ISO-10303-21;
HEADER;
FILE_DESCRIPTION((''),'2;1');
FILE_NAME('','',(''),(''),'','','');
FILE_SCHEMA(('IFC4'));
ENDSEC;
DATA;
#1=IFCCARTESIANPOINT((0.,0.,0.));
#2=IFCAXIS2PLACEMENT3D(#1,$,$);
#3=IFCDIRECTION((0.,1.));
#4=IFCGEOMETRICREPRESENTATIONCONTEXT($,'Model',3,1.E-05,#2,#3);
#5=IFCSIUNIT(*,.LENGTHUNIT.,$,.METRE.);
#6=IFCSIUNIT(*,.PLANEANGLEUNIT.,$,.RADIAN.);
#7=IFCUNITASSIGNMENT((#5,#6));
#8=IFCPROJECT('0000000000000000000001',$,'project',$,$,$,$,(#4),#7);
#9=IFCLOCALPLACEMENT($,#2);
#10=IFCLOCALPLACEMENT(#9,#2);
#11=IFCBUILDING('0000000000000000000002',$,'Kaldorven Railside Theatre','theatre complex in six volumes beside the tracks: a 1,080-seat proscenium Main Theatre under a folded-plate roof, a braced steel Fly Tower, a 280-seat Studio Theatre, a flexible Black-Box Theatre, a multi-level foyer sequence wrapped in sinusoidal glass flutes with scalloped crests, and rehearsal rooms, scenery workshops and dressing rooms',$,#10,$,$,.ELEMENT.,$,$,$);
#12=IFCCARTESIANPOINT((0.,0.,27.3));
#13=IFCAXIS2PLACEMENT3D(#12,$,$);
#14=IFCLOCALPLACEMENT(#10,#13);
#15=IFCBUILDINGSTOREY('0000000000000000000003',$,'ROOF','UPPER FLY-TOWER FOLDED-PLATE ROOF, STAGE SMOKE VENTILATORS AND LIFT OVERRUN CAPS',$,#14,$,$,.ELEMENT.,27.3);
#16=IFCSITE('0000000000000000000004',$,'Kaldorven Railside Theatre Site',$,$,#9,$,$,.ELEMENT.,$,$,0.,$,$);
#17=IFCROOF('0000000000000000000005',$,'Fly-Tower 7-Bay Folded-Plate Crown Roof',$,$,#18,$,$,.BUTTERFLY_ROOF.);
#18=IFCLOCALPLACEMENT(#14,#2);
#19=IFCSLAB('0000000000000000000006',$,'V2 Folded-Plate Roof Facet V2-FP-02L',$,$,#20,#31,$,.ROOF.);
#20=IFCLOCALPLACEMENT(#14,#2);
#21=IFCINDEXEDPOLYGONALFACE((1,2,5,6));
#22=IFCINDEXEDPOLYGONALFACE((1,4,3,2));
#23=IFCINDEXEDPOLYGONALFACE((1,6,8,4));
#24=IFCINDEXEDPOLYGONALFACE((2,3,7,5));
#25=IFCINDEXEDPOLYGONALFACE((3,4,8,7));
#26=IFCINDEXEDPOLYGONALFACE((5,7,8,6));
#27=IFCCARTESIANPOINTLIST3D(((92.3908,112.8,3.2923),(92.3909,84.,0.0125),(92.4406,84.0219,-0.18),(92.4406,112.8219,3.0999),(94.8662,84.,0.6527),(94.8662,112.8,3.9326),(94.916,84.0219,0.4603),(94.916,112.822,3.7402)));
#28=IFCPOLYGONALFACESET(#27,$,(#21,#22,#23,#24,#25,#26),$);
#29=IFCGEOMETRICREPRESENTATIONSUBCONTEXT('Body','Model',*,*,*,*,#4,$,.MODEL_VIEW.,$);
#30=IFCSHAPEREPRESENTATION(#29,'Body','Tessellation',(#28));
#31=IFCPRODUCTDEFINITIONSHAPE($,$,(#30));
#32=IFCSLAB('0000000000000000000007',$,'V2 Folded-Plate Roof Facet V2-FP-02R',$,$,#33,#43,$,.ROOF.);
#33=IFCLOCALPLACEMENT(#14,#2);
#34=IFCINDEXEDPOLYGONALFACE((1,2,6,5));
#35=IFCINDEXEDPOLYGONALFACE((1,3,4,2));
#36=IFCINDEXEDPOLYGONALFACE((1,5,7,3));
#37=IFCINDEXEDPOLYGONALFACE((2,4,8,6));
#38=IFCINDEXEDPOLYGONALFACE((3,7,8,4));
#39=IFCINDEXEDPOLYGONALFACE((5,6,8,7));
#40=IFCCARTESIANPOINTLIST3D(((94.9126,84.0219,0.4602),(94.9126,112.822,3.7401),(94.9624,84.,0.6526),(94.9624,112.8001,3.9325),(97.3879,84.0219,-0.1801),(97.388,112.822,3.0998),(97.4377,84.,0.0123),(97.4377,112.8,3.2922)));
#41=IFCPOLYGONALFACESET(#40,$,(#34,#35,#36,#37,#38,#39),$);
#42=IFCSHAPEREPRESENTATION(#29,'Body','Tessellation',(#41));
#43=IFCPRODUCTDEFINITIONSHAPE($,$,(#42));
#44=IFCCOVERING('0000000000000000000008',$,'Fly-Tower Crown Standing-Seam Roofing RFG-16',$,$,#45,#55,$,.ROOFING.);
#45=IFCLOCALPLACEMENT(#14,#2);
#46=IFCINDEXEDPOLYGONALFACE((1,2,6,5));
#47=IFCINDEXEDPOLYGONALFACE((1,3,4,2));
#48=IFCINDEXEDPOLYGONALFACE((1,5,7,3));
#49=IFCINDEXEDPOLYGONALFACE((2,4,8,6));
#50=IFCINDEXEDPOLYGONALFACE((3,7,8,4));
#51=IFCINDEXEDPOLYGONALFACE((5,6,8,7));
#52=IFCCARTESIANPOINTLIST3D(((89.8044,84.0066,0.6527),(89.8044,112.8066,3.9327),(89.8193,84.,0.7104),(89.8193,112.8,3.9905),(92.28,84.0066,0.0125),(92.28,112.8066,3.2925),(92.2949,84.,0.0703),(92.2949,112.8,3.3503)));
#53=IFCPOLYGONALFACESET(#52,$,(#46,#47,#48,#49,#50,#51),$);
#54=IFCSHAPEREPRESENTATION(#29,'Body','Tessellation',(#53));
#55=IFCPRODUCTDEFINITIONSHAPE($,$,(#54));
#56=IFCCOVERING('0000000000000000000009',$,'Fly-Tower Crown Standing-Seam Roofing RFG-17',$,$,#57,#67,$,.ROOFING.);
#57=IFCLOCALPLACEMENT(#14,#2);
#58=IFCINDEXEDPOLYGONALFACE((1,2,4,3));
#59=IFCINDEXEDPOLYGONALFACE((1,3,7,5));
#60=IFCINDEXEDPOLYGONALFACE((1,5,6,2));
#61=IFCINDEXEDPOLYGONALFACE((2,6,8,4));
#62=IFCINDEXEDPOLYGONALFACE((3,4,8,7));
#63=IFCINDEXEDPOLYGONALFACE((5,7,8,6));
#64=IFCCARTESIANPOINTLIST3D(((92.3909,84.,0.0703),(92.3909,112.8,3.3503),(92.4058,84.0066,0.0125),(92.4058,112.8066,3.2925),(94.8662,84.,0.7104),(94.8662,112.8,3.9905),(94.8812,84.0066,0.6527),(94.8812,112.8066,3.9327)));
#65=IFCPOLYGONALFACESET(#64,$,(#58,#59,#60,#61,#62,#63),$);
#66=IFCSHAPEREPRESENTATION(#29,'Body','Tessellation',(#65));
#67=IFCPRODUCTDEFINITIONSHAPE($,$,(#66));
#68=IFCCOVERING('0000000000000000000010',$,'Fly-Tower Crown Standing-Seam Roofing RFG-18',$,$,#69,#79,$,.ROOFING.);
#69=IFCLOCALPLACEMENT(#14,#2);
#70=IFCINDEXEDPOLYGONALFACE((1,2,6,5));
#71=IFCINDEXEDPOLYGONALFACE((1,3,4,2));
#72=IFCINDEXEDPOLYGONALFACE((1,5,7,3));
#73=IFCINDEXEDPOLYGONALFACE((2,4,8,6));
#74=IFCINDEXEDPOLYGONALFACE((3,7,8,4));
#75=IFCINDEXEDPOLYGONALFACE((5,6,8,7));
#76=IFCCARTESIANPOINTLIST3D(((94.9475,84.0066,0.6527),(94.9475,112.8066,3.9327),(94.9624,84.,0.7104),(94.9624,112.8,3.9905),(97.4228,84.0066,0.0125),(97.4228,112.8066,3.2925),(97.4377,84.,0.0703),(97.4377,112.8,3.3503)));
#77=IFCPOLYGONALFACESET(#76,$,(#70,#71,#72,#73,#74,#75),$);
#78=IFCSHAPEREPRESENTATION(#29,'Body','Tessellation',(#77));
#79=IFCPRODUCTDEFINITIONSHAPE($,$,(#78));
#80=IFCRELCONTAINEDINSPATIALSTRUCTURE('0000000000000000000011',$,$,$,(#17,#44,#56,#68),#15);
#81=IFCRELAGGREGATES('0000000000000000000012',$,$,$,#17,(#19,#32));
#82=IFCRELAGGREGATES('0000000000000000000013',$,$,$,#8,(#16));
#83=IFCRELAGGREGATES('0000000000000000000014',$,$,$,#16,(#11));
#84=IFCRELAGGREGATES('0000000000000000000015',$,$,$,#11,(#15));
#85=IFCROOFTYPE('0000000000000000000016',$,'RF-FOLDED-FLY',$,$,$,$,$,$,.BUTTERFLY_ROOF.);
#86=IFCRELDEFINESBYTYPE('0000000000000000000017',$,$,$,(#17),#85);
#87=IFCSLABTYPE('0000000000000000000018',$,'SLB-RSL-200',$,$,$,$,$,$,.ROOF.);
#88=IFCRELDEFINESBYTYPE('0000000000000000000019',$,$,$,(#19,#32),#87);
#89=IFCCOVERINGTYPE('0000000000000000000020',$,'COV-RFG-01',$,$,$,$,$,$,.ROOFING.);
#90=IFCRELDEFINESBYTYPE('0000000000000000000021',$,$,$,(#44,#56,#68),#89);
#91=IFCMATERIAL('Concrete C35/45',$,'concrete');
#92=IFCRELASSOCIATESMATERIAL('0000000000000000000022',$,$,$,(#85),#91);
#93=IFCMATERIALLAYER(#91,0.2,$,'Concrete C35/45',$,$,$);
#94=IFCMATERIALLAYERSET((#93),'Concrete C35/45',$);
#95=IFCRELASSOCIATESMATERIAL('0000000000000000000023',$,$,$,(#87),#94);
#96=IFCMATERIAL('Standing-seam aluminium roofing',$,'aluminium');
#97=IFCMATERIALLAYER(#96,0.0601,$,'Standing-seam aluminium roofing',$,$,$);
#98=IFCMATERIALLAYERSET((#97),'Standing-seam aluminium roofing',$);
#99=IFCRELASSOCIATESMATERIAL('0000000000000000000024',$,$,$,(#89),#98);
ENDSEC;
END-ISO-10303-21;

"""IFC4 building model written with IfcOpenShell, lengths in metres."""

from ifc_helpers import new_model, si_unit, direction, frame, origin, place, context, subcontext, project, spatial, polyline, outline, extrude, material, layer, layer_set, type_object, element, aggregate, save


model = new_model("IFC4")

# Units and contexts
model_context = context("Model", 3, precision=1e-05, world=origin(), true_north=direction((0.0, 1.0)))
body_context = subcontext(model_context, "Body", "Model", "MODEL_VIEW")
ifc_project = project(units=[si_unit("LENGTHUNIT", "METRE"), si_unit("PLANEANGLEUNIT", "RADIAN")], contexts=[model_context])

# Site, building, storey
site_placement = place(None, origin())
site = spatial("IfcSite", under=ifc_project, at=site_placement, Name="Kaldorven Railside Theatre Site", CompositionType="ELEMENT", RefElevation=0.0)
building_placement = place(site_placement, origin())
building = spatial("IfcBuilding", under=site, at=building_placement, Name="Kaldorven Railside Theatre", Description="theatre complex in six volumes beside the tracks: a 1,080-seat proscenium Main Theatre under a folded-plate roof, a braced steel Fly Tower, a 280-seat Studio Theatre, a flexible Black-Box Theatre, a multi-level foyer sequence wrapped in sinusoidal glass flutes with scalloped crests, and rehearsal rooms, scenery workshops and dressing rooms", CompositionType="ELEMENT")
storey_placement = place(building_placement, frame((0.0, 0.0, 27.3)))
storey = spatial("IfcBuildingStorey", under=building, at=storey_placement, Name="ROOF", Description="UPPER FLY-TOWER FOLDED-PLATE ROOF, STAGE SMOKE VENTILATORS AND LIFT OVERRUN CAPS", CompositionType="ELEMENT", Elevation=27.3)

# Roof, slabs
ifc_material_1 = material(Name="Concrete C35/45", Category="concrete")
roof_type = type_object("IfcRoofType", Name="RF-FOLDED-FLY", PredefinedType="BUTTERFLY_ROOF", material=ifc_material_1)
roof_placement = place(storey_placement, origin())
roof = element("IfcRoof", 1, at=roof_placement, inside=storey, type_object=roof_type, Name="Fly-Tower 7-Bay Folded-Plate Crown Roof", PredefinedType="BUTTERFLY_ROOF")
ifc_layer_1 = layer(ifc_material_1, 0.2, Name="Concrete C35/45")
ifc_layer_set_1 = layer_set([ifc_layer_1], Name="Concrete C35/45")
slab_type = type_object("IfcSlabType", Name="SLB-RSL-200", PredefinedType="ROOF", material=ifc_layer_set_1)
slab_1_placement = place(storey_placement, frame((92.3909, 84.0, 0.0125), z_axis=(-0.248905, -0.109593, 0.962307), x_axis=(0.968139, -0.000005, 0.250413)))
slab_1 = element("IfcSlab", 2, at=slab_1_placement, type_object=slab_type, Name="V2 Folded-Plate Roof Facet V2-FP-02L", PredefinedType="ROOF", context=body_context, shape_type="SweptSolid", body=[
    extrude(outline(polyline([(0.0, 0.0), (2.5568, 0.0), (3.378, 28.9746), (0.8212, 28.9746), (0.0, 0.0)])), origin(), (0.0, 0.0, -1.0), 0.2),
])
slab_2_placement = place(storey_placement, frame((94.9624, 84.0, 0.6526), z_axis=(0.248905, -0.109593, 0.962307), x_axis=(0.968139, 0.000005, -0.250413)))
slab_2 = element("IfcSlab", 3, at=slab_2_placement, type_object=slab_type, Name="V2 Folded-Plate Roof Facet V2-FP-02R", PredefinedType="ROOF", context=body_context, shape_type="SweptSolid", body=[
    extrude(outline(polyline([(0.0, 0.0), (2.5568, 0.0), (1.7356, 28.9746), (-0.8212, 28.9746), (0.0, 0.0)])), origin(), (0.0, 0.0, -1.0), 0.2),
])
aggregate(roof, [slab_1, slab_2])

# Coverings
ifc_material_2 = material(Name="Standing-seam aluminium roofing", Category="aluminium")
ifc_layer_2 = layer(ifc_material_2, 0.0601, Name="Standing-seam aluminium roofing")
ifc_layer_set_2 = layer_set([ifc_layer_2], Name="Standing-seam aluminium roofing")
covering_type = type_object("IfcCoveringType", Name="COV-RFG-01", PredefinedType="ROOFING", material=ifc_layer_set_2)
covering_1_placement = place(storey_placement, frame((89.8193, 84.0, 0.7104), z_axis=(0.248838, -0.109599, 0.962324), x_axis=(0.968156, 0.0, -0.250346)))
element("IfcCovering", 4, at=covering_1_placement, inside=storey, type_object=covering_type, Name="Fly-Tower Crown Standing-Seam Roofing RFG-16", PredefinedType="ROOFING", context=body_context, shape_type="SweptSolid", body=[
    extrude(outline(polyline([(0.0, 0.0), (2.557, 0.0), (1.7359, 28.9746), (-0.8211, 28.9746), (0.0, 0.0)])), origin(), (0.0, 0.0, -1.0), 0.0601),
])
covering_2_placement = place(storey_placement, frame((92.3909, 84.0, 0.0703), z_axis=(-0.248861, -0.109598, 0.962318), x_axis=(0.968151, 0.0, 0.250369)))
element("IfcCovering", 5, at=covering_2_placement, inside=storey, type_object=covering_type, Name="Fly-Tower Crown Standing-Seam Roofing RFG-17", PredefinedType="ROOFING", context=body_context, shape_type="SweptSolid", body=[
    extrude(outline(polyline([(0.0, 0.0), (2.5568, 0.0), (3.378, 28.9746), (0.8212, 28.9746), (0.0, 0.0)])), origin(), (0.0, 0.0, -1.0), 0.0601),
])
covering_3_placement = place(storey_placement, frame((94.9624, 84.0, 0.7104), z_axis=(0.248861, -0.109598, 0.962318), x_axis=(0.968151, 0.0, -0.250369)))
element("IfcCovering", 6, at=covering_3_placement, inside=storey, type_object=covering_type, Name="Fly-Tower Crown Standing-Seam Roofing RFG-18", PredefinedType="ROOFING", context=body_context, shape_type="SweptSolid", body=[
    extrude(outline(polyline([(0.0, 0.0), (2.5568, 0.0), (1.7356, 28.9746), (-0.8212, 28.9746), (0.0, 0.0)])), origin(), (0.0, 0.0, -1.0), 0.0601),
])

save(model, "model.ifc")
